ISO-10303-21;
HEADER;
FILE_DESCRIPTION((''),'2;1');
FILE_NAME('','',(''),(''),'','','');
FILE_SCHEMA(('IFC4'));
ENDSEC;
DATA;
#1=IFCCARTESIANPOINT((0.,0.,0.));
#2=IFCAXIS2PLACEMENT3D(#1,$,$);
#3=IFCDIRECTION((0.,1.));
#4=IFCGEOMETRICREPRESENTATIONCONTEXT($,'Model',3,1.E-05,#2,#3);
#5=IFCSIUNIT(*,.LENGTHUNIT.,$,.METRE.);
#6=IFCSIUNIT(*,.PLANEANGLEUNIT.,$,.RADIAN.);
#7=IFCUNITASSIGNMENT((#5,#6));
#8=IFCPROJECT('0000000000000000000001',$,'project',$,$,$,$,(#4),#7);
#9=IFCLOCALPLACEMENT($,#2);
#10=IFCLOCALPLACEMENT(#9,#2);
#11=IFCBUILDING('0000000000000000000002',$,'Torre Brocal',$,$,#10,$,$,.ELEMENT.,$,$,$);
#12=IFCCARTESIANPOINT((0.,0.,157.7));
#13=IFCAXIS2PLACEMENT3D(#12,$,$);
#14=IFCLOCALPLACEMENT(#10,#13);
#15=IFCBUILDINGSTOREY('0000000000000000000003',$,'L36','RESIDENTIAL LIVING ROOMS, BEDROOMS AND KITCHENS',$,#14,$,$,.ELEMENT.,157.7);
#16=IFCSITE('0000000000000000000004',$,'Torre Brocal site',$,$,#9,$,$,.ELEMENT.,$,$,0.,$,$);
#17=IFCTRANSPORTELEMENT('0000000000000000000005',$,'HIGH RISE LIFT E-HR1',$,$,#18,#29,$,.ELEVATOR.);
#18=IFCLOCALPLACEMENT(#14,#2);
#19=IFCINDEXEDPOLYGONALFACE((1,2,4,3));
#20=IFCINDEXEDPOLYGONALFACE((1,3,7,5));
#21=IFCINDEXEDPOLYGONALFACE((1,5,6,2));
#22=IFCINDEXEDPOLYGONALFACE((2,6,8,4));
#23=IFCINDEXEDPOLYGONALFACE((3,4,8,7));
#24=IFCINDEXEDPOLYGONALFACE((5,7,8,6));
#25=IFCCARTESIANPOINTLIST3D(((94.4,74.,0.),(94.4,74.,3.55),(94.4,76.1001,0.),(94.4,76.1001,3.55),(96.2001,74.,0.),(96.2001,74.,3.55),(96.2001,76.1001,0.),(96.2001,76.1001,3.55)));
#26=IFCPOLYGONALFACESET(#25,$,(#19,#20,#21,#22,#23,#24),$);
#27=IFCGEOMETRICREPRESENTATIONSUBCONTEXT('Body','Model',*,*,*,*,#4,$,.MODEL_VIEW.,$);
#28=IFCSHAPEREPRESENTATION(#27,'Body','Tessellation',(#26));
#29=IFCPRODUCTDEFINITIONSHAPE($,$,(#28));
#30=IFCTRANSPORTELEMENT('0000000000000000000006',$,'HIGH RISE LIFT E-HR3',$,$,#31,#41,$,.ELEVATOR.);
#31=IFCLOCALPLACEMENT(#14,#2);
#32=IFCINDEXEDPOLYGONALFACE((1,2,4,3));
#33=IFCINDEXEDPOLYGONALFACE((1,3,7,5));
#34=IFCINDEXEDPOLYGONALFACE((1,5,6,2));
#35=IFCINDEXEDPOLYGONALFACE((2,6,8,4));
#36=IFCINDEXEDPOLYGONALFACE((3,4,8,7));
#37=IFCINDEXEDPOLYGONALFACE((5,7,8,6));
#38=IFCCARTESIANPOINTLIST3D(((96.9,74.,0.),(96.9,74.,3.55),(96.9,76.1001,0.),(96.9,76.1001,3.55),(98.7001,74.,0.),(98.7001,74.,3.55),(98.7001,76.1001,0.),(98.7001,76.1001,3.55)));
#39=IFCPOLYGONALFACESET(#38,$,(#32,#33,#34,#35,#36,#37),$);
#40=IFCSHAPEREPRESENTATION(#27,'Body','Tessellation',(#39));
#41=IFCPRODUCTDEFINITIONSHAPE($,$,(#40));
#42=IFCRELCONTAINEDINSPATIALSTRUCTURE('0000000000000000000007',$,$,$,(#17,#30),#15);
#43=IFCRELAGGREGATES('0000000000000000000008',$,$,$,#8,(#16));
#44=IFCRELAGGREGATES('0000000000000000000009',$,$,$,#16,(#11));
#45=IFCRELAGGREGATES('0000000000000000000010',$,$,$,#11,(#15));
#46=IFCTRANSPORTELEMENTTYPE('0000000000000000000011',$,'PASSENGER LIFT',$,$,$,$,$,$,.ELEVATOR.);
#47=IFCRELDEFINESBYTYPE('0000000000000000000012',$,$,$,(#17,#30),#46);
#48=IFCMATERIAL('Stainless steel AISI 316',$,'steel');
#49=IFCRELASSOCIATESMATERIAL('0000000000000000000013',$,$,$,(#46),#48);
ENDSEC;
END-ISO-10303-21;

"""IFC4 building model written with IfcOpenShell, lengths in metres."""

from ifc_helpers import new_model, si_unit, direction, frame, origin, origin_2d, place, context, subcontext, project, spatial, rectangle, extrude, material, type_object, element, save


model = new_model("IFC4")

# Units and contexts
model_context = context("Model", 3, precision=1e-05, world=origin(), true_north=direction((0.0, 1.0)))
body_context = subcontext(model_context, "Body", "Model", "MODEL_VIEW")
ifc_project = project(units=[si_unit("LENGTHUNIT", "METRE"), si_unit("PLANEANGLEUNIT", "RADIAN")], contexts=[model_context])

# Site, building, storey
site_placement = place(None, origin())
site = spatial("IfcSite", under=ifc_project, at=site_placement, Name="Torre Brocal site", CompositionType="ELEMENT", RefElevation=0.0)
building_placement = place(site_placement, origin())
building = spatial("IfcBuilding", under=site, at=building_placement, Name="Torre Brocal", CompositionType="ELEMENT")
storey_placement = place(building_placement, frame((0.0, 0.0, 157.7)))
storey = spatial("IfcBuildingStorey", under=building, at=storey_placement, Name="L36", Description="RESIDENTIAL LIVING ROOMS, BEDROOMS AND KITCHENS", CompositionType="ELEMENT", Elevation=157.7)

# Transport elements
ifc_material_1 = material(Name="Stainless steel AISI 316", Category="steel")
transport_element_type = type_object("IfcTransportElementType", Name="PASSENGER LIFT", PredefinedType="ELEVATOR", material=ifc_material_1)
for number, where, z_axis, x_axis, name in (
    (1, (95.3, 75.05, 0.0), (0.0, 0.0, 1.0), (1.0, 0.0, 0.0), "HIGH RISE LIFT E-HR1"),
    (2, (97.8, 75.05, 0.0), (0.0, 0.0, 1.0), (1.0, 0.0, 0.0), "HIGH RISE LIFT E-HR3"),
):
    element("IfcTransportElement", number, at=place(storey_placement, frame(where, z_axis=z_axis, x_axis=x_axis)), inside=storey, type_object=transport_element_type, Name=name, PredefinedType="ELEVATOR", context=body_context, shape_type="SweptSolid", body=[
        extrude(rectangle(XDim=1.8, YDim=2.1001, at=origin_2d()), origin(), (0.0, 0.0, 1.0), 3.55),
    ])

save(model, "model.ifc")
